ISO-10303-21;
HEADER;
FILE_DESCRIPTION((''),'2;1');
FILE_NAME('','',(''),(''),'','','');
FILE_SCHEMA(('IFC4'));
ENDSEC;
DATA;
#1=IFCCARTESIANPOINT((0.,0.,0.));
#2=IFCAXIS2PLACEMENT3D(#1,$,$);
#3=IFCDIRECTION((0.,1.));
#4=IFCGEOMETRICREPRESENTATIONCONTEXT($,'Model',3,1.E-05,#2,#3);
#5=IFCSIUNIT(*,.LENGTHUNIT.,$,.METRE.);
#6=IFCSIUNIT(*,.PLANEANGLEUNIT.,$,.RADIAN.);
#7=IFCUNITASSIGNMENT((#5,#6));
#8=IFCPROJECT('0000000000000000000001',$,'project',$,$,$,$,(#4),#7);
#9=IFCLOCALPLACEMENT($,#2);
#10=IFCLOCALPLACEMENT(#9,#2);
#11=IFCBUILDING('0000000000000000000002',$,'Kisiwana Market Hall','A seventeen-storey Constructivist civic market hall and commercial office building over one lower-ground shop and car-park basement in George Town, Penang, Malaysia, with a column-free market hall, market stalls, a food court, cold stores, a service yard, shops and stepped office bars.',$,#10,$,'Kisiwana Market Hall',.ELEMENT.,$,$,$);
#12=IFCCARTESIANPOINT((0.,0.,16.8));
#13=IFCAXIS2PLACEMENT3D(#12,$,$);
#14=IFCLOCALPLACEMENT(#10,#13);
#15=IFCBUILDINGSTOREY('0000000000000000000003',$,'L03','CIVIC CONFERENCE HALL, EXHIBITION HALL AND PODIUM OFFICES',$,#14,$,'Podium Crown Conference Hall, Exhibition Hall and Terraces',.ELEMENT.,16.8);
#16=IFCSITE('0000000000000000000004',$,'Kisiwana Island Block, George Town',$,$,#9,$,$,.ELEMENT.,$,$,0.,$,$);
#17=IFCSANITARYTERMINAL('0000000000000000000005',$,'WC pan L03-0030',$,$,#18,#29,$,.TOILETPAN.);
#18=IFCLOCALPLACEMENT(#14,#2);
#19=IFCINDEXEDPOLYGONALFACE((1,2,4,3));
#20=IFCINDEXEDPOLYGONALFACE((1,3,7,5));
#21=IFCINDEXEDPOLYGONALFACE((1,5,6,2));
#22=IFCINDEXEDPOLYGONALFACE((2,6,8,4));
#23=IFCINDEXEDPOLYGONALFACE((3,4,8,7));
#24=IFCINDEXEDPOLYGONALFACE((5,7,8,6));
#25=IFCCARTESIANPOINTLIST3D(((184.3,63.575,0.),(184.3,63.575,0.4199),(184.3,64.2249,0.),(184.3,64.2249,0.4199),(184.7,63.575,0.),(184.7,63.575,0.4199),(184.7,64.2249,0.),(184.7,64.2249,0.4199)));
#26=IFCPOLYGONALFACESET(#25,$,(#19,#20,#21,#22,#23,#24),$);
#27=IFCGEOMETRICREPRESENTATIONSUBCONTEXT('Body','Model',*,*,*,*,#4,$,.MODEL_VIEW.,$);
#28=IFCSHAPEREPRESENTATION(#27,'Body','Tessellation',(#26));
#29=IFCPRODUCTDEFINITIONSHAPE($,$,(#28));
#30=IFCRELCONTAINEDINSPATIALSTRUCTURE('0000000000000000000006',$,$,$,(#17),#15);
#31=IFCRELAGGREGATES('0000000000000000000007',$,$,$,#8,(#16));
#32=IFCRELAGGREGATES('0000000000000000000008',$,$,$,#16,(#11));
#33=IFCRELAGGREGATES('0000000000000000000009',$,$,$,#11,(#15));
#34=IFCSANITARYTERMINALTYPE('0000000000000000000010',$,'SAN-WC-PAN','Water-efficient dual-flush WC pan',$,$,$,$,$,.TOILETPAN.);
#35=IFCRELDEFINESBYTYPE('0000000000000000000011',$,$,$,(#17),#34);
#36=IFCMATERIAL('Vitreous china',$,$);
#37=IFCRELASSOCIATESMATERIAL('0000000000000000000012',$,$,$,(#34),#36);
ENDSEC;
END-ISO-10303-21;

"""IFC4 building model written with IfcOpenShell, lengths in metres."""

from ifc_helpers import new_model, si_unit, direction, frame, origin, origin_2d, place, context, subcontext, project, spatial, rectangle, extrude, material, type_object, element, save


model = new_model("IFC4")

# Units and contexts
model_context = context("Model", 3, precision=1e-05, world=origin(), true_north=direction((0.0, 1.0)))
body_context = subcontext(model_context, "Body", "Model", "MODEL_VIEW")
ifc_project = project(units=[si_unit("LENGTHUNIT", "METRE"), si_unit("PLANEANGLEUNIT", "RADIAN")], contexts=[model_context])

# Site, building, storey
site_placement = place(None, origin())
site = spatial("IfcSite", under=ifc_project, at=site_placement, Name="Kisiwana Island Block, George Town", CompositionType="ELEMENT", RefElevation=0.0)
building_placement = place(site_placement, origin())
building = spatial("IfcBuilding", under=site, at=building_placement, Name="Kisiwana Market Hall", Description="A seventeen-storey Constructivist civic market hall and commercial office building over one lower-ground shop and car-park basement in George Town, Penang, Malaysia, with a column-free market hall, market stalls, a food court, cold stores, a service yard, shops and stepped office bars.", LongName="Kisiwana Market Hall", CompositionType="ELEMENT")
storey_placement = place(building_placement, frame((0.0, 0.0, 16.8)))
storey = spatial("IfcBuildingStorey", under=building, at=storey_placement, Name="L03", Description="CIVIC CONFERENCE HALL, EXHIBITION HALL AND PODIUM OFFICES", LongName="Podium Crown Conference Hall, Exhibition Hall and Terraces", CompositionType="ELEMENT", Elevation=16.8)

# Sanitary terminal
ifc_material_1 = material(Name="Vitreous china")
sanitary_terminal_type_1 = type_object("IfcSanitaryTerminalType", Name="SAN-WC-PAN", Description="Water-efficient dual-flush WC pan", PredefinedType="TOILETPAN", material=ifc_material_1)
sanitary_terminal_placement = place(storey_placement, frame((184.5, 63.8999, 0.0), z_axis=(0.0, 0.0, 1.0), x_axis=(1.0, 0.0, 0.0)))
element("IfcSanitaryTerminal", 1, at=sanitary_terminal_placement, inside=storey, type_object=sanitary_terminal_type_1, Name="WC pan L03-0030", PredefinedType="TOILETPAN", context=body_context, shape_type="SweptSolid", body=[
    extrude(rectangle(XDim=0.3999, YDim=0.6499, at=origin_2d()), origin(), (0.0, 0.0, 1.0), 0.4199),
])

save(model, "model.ifc")
